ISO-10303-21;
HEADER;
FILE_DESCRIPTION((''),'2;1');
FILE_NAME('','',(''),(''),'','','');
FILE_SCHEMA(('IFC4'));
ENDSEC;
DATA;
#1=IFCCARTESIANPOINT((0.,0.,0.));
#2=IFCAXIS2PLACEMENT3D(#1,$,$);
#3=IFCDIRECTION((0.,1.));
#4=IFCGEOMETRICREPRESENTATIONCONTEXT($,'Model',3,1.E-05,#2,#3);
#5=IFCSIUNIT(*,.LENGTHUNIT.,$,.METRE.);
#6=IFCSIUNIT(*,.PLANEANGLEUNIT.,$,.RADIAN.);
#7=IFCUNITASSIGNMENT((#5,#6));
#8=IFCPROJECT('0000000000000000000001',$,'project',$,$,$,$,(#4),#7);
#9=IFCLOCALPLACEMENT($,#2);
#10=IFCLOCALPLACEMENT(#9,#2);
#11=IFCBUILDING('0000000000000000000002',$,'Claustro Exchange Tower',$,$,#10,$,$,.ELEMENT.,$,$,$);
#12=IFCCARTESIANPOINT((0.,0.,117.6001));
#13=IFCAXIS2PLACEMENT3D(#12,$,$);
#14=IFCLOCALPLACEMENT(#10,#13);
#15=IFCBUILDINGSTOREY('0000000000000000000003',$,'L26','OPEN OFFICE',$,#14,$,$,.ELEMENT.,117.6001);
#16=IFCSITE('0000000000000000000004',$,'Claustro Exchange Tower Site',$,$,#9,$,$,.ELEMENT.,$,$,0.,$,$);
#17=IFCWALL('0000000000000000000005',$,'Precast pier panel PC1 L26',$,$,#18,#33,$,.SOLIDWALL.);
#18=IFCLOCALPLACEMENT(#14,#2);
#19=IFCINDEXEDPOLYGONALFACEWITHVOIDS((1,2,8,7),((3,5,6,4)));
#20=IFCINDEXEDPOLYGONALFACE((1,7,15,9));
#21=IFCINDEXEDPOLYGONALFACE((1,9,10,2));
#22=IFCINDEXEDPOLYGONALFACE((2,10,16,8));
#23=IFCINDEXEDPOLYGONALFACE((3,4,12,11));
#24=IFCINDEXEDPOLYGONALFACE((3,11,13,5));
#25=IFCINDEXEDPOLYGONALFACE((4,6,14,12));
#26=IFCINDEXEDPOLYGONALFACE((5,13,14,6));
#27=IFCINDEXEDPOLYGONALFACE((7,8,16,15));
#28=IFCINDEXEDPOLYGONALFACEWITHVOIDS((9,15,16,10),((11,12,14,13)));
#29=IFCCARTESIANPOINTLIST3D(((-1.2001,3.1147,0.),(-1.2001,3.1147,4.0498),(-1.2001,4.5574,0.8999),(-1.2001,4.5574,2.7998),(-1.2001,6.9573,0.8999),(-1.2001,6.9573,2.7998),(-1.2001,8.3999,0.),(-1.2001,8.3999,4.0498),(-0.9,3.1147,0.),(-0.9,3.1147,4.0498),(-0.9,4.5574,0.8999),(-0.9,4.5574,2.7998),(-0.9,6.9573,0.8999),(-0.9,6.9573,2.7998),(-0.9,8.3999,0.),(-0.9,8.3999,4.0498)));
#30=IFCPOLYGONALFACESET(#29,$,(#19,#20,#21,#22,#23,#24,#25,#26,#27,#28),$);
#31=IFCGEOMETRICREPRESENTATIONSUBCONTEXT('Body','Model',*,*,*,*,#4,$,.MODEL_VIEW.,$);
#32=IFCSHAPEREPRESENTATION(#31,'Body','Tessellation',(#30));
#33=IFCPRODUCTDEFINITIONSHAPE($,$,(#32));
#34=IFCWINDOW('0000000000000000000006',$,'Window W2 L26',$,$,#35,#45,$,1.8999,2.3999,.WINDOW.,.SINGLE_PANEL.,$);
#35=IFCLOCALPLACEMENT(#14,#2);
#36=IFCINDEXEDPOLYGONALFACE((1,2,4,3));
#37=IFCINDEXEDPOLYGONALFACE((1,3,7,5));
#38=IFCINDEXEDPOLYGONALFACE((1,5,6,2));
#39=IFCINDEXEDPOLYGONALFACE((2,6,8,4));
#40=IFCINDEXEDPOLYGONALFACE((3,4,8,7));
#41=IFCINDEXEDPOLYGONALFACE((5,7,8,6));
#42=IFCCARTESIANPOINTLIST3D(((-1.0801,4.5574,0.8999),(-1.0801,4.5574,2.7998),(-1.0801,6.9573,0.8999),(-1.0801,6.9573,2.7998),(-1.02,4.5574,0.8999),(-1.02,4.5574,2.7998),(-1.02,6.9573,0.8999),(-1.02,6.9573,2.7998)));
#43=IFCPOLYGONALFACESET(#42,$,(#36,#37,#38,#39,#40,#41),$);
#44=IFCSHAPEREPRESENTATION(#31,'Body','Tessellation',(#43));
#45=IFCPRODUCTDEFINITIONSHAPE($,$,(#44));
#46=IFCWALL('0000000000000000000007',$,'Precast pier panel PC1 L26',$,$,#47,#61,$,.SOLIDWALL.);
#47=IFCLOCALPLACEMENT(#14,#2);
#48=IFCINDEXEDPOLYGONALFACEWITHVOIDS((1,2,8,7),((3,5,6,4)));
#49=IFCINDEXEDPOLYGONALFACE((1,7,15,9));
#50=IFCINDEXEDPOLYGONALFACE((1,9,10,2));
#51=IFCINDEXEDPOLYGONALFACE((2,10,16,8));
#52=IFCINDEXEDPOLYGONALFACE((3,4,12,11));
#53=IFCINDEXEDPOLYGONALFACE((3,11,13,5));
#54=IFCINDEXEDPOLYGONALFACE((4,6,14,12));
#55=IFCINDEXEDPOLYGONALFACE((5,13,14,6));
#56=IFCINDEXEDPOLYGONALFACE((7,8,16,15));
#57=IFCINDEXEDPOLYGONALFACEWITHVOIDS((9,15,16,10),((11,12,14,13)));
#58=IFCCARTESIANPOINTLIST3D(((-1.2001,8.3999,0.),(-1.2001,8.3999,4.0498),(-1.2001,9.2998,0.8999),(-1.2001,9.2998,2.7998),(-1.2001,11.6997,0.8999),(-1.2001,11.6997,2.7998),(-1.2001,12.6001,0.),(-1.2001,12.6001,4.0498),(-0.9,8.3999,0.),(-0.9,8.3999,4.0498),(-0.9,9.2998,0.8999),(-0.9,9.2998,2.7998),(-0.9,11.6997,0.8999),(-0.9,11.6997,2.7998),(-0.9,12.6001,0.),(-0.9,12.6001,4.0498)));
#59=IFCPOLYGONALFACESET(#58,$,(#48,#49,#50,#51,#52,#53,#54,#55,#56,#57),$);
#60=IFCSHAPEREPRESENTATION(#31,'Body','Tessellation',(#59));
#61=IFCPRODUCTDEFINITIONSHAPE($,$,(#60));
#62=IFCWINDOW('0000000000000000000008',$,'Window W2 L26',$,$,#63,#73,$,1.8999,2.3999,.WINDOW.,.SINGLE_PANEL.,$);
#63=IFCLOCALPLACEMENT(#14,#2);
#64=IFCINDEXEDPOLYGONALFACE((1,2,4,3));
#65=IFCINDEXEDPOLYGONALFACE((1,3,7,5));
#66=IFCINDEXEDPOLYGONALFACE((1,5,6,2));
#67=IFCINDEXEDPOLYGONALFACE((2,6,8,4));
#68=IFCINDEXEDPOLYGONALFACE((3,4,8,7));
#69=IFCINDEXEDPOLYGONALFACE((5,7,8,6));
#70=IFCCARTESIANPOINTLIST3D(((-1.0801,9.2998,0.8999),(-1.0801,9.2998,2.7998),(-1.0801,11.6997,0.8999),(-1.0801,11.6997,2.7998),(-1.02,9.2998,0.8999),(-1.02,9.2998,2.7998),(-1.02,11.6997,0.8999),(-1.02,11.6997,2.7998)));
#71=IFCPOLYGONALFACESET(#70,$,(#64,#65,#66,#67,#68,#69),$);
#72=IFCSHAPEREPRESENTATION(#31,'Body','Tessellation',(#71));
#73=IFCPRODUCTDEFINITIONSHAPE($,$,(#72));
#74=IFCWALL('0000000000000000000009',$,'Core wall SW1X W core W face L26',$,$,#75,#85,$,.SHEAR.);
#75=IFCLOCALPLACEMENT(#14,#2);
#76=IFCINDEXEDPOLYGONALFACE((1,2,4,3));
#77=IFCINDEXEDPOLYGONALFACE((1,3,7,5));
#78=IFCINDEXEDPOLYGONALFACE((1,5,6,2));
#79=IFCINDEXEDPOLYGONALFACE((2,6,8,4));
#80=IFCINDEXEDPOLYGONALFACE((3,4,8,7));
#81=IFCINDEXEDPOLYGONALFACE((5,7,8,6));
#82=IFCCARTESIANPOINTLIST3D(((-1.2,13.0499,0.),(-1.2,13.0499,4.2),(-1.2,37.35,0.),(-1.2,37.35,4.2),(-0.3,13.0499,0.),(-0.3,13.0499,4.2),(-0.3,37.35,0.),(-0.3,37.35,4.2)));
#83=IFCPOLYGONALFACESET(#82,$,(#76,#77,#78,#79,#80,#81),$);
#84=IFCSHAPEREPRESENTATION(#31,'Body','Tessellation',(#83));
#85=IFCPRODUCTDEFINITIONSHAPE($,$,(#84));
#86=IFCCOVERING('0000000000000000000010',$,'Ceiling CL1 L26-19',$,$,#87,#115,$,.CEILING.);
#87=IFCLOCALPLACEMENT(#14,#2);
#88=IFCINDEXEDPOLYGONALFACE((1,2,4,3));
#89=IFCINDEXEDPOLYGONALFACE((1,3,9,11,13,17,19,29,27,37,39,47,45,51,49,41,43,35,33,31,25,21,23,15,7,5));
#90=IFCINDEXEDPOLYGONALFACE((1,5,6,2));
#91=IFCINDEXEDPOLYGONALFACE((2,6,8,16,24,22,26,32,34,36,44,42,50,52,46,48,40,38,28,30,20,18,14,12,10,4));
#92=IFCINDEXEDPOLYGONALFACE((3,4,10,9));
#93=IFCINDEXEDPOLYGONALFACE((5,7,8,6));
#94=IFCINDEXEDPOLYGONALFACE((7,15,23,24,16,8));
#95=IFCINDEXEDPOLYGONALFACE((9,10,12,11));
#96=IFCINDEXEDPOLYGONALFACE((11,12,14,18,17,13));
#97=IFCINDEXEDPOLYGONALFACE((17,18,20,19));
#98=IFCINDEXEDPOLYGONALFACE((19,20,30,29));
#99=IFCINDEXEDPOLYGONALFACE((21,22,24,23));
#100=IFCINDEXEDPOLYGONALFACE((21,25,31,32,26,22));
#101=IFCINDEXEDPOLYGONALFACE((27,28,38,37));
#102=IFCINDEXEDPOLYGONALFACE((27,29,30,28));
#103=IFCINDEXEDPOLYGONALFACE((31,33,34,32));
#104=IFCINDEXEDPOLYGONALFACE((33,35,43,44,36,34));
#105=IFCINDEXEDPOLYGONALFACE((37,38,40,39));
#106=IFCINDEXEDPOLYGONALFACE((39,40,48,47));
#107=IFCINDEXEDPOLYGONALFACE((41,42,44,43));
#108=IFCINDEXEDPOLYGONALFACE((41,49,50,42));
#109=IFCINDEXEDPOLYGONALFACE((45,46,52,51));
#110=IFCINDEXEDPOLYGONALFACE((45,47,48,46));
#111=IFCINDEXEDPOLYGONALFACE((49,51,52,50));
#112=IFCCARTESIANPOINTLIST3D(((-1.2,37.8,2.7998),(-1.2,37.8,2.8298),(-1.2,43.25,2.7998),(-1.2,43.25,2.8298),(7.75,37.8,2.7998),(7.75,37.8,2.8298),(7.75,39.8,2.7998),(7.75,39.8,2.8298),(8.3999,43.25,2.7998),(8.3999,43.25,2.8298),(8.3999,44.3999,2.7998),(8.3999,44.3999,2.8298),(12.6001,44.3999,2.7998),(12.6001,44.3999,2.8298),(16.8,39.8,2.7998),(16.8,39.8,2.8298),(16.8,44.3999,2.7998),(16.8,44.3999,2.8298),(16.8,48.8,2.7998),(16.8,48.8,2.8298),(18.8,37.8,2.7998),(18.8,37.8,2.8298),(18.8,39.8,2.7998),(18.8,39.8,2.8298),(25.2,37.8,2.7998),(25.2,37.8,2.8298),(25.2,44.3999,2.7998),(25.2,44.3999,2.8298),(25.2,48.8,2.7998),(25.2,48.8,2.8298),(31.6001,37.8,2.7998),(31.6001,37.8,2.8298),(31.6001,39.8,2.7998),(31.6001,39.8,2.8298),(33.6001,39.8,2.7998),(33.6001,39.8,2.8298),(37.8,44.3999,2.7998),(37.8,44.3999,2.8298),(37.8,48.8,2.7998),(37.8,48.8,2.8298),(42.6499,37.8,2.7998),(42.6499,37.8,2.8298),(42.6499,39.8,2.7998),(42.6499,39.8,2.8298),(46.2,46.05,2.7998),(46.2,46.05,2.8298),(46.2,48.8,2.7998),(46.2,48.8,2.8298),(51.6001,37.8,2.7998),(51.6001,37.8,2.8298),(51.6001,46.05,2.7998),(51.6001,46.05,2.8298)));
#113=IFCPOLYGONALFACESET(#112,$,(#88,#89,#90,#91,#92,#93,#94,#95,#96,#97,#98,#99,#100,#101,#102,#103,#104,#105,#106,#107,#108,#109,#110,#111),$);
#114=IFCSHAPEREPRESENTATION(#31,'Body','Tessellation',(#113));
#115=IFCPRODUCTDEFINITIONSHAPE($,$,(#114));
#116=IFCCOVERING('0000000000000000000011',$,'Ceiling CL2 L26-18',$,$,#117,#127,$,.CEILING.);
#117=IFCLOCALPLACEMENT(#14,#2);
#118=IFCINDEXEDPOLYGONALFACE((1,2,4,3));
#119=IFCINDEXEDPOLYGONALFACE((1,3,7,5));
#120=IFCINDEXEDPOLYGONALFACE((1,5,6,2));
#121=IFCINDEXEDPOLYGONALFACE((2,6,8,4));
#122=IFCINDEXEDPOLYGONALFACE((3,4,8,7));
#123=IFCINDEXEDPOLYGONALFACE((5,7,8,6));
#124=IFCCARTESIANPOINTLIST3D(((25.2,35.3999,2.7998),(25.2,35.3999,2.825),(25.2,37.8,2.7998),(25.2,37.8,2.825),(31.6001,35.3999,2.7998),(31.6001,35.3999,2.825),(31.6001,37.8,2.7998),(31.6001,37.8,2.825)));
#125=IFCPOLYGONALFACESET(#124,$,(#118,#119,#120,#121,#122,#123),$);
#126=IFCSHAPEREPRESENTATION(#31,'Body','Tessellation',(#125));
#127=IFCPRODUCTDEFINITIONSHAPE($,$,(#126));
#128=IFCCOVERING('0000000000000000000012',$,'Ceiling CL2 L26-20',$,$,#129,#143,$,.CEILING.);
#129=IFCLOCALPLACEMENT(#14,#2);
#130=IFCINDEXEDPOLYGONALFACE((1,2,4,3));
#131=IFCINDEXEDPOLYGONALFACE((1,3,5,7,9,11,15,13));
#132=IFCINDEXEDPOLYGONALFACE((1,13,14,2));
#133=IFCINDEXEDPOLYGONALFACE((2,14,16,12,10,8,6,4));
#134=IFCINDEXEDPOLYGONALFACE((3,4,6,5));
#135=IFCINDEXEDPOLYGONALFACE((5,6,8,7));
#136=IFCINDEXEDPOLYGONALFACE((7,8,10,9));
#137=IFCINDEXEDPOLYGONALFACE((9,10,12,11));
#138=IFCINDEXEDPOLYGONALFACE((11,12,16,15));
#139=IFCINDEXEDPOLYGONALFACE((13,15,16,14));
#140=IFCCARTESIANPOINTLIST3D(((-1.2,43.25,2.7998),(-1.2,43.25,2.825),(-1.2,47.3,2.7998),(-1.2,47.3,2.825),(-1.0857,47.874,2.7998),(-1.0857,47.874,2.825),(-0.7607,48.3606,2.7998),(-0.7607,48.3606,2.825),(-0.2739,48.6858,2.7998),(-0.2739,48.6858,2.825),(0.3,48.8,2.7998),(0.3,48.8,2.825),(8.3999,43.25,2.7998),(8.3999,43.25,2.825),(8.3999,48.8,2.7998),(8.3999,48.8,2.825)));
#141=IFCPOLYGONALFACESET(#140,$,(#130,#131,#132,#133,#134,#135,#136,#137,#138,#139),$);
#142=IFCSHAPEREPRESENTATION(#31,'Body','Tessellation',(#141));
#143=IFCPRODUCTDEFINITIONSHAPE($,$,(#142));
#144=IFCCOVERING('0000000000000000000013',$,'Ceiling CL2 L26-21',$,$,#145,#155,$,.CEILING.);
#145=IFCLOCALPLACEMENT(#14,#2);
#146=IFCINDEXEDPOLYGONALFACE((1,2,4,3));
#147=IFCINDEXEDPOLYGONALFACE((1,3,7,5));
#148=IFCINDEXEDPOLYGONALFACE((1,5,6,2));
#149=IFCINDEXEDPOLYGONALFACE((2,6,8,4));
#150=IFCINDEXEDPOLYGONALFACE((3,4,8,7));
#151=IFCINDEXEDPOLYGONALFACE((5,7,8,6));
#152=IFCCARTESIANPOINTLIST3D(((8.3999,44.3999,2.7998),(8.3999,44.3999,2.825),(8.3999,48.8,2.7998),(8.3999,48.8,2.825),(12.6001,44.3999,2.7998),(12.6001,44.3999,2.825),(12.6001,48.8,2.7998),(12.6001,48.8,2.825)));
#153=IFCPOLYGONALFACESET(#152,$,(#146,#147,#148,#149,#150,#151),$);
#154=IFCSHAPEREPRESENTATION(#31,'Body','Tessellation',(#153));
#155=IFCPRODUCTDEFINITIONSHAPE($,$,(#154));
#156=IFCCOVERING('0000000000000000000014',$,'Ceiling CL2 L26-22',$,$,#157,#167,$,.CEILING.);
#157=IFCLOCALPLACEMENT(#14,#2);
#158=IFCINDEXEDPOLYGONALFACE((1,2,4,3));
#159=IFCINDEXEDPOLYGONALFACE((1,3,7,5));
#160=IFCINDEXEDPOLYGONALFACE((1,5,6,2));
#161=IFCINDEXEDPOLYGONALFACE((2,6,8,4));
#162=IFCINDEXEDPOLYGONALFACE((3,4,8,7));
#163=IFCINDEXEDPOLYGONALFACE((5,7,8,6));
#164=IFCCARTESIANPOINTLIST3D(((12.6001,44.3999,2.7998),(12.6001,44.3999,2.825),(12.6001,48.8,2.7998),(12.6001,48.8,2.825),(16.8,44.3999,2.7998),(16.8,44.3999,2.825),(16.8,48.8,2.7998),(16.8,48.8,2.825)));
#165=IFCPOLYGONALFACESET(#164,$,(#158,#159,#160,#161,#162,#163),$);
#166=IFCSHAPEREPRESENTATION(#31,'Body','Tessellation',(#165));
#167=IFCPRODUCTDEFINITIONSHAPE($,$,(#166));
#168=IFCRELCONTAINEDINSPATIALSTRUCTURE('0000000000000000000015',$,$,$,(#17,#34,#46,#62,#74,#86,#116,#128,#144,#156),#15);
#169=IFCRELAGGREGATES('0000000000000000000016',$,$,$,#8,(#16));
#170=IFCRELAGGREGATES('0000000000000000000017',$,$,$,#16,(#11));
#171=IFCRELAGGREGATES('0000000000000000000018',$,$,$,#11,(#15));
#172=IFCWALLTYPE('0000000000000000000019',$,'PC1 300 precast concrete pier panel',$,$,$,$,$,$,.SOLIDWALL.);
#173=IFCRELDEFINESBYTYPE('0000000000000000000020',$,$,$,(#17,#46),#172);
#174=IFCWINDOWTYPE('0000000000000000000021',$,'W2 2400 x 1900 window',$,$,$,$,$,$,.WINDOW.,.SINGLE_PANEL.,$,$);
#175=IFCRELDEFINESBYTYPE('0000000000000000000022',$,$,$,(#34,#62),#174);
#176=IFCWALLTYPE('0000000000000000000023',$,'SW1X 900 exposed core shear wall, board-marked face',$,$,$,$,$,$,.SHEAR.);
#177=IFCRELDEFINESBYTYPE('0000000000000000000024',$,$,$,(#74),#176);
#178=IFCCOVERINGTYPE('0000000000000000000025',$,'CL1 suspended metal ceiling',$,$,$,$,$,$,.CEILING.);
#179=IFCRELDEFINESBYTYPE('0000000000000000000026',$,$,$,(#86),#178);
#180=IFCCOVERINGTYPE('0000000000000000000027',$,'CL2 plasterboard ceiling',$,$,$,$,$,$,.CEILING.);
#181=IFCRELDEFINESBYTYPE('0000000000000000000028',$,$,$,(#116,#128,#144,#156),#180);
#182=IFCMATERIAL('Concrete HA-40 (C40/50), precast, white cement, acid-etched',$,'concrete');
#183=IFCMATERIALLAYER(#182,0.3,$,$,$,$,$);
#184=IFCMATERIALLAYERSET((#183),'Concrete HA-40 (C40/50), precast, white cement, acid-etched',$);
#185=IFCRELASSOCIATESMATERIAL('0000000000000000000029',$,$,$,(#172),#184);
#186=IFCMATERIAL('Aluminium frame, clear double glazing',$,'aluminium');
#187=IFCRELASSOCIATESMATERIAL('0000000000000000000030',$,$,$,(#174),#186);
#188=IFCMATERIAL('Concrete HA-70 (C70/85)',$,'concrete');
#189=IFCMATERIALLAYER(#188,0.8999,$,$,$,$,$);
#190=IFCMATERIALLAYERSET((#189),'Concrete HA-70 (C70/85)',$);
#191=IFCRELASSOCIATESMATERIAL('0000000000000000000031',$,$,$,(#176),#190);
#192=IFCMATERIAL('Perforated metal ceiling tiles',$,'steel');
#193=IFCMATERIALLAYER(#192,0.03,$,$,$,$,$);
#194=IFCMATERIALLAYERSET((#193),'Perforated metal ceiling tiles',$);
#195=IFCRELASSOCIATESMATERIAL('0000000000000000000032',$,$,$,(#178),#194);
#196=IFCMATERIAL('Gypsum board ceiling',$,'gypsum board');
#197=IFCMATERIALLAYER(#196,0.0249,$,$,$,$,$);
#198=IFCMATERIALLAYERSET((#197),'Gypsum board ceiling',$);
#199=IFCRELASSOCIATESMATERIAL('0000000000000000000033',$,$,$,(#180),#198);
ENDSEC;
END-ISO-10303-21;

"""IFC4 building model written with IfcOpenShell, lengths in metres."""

from ifc_helpers import new_model, si_unit, direction, frame, frame_2d, origin, place, context, subcontext, project, spatial, polyline, rectangle, outline, extrude, material, layer, layer_set, type_object, element, fill, save


model = new_model("IFC4")

# Units and contexts
model_context = context("Model", 3, precision=1e-05, world=origin(), true_north=direction((0.0, 1.0)))
body_context = subcontext(model_context, "Body", "Model", "MODEL_VIEW")
ifc_project = project(units=[si_unit("LENGTHUNIT", "METRE"), si_unit("PLANEANGLEUNIT", "RADIAN")], contexts=[model_context])

# Site, building, storey
site_placement = place(None, origin())
site = spatial("IfcSite", under=ifc_project, at=site_placement, Name="Claustro Exchange Tower Site", CompositionType="ELEMENT", RefElevation=0.0)
building_placement = place(site_placement, origin())
building = spatial("IfcBuilding", under=site, at=building_placement, Name="Claustro Exchange Tower", CompositionType="ELEMENT")
storey_placement = place(building_placement, frame((0.0, 0.0, 117.6001)))
storey = spatial("IfcBuildingStorey", under=building, at=storey_placement, Name="L26", Description="OPEN OFFICE", CompositionType="ELEMENT", Elevation=117.6001)

# Shared definitions
ifc_material_1 = material(Name="Concrete HA-40 (C40/50), precast, white cement, acid-etched", Category="concrete")
ifc_layer_1 = layer(ifc_material_1, 0.3)
ifc_layer_set_1 = layer_set([ifc_layer_1], Name="Concrete HA-40 (C40/50), precast, white cement, acid-etched")
wall_type_1 = type_object("IfcWallType", Name="PC1 300 precast concrete pier panel", PredefinedType="SOLIDWALL", material=ifc_layer_set_1)

# Walls, openings, windows
wall_1_placement = place(storey_placement, frame((-1.05, 3.1147, 0.0), z_axis=(0.0, 0.0, 1.0), x_axis=(0.0, 1.0, 0.0)))
wall_1 = element("IfcWall", 1, at=wall_1_placement, inside=storey, type_object=wall_type_1, Name="Precast pier panel PC1 L26", PredefinedType="SOLIDWALL", context=body_context, shape_type="SweptSolid", body=[
    extrude(rectangle(XDim=5.2852, YDim=0.3, at=frame_2d((2.6426, 0.0))), origin(), (0.0, 0.0, 1.0), 4.0498),
])
opening_1_placement = place(wall_1_placement, frame((1.4426, 0.0, 0.8999)))
opening_1 = element("IfcOpeningElement", 2, at=opening_1_placement, cuts=wall_1, PredefinedType="OPENING", context=body_context, shape_type="SweptSolid", body=[
    extrude(rectangle(XDim=2.3999, YDim=1.8999, at=frame_2d((1.2, 0.95))), frame((0.0, 0.1599, 0.0), z_axis=(0.0, -1.0, 0.0), x_axis=(1.0, 0.0, 0.0)), (0.0, 0.0, 1.0), 0.3201),
])
ifc_material_2 = material(Name="Aluminium frame, clear double glazing", Category="aluminium")
window_type = type_object("IfcWindowType", Name="W2 2400 x 1900 window", PartitioningType="SINGLE_PANEL", PredefinedType="WINDOW", material=ifc_material_2)
window_1_placement = place(opening_1_placement, origin())
window_1 = element("IfcWindow", 3, at=window_1_placement, inside=storey, type_object=window_type, Name="Window W2 L26", OverallHeight=1.8999, OverallWidth=2.3999, PartitioningType="SINGLE_PANEL", PredefinedType="WINDOW", context=body_context, shape_type="SweptSolid", body=[
    extrude(rectangle(XDim=2.3999, YDim=1.8999, at=frame_2d((1.2, 0.95))), frame((0.0, 0.03, 0.0), z_axis=(0.0, -1.0, 0.0), x_axis=(1.0, 0.0, 0.0)), (0.0, 0.0, 1.0), 0.0601),
])
fill(opening_1, window_1)
wall_2_placement = place(storey_placement, frame((-1.05, 8.3999, 0.0), z_axis=(0.0, 0.0, 1.0), x_axis=(0.0, 1.0, 0.0)))
wall_2 = element("IfcWall", 4, at=wall_2_placement, inside=storey, type_object=wall_type_1, Name="Precast pier panel PC1 L26", PredefinedType="SOLIDWALL", context=body_context, shape_type="SweptSolid", body=[
    extrude(rectangle(XDim=4.2002, YDim=0.3, at=frame_2d((2.1001, 0.0))), origin(), (0.0, 0.0, 1.0), 4.0498),
])
opening_2_placement = place(wall_2_placement, frame((0.8999, 0.0, 0.8999)))
opening_2 = element("IfcOpeningElement", 5, at=opening_2_placement, cuts=wall_2, PredefinedType="OPENING", context=body_context, shape_type="SweptSolid", body=[
    extrude(rectangle(XDim=2.3999, YDim=1.8999, at=frame_2d((1.2, 0.95))), frame((0.0, 0.1599, 0.0), z_axis=(0.0, -1.0, 0.0), x_axis=(1.0, 0.0, 0.0)), (0.0, 0.0, 1.0), 0.3201),
])
window_2_placement = place(opening_2_placement, origin())
window_2 = element("IfcWindow", 6, at=window_2_placement, inside=storey, type_object=window_type, Name="Window W2 L26", OverallHeight=1.8999, OverallWidth=2.3999, PartitioningType="SINGLE_PANEL", PredefinedType="WINDOW", context=body_context, shape_type="SweptSolid", body=[
    extrude(rectangle(XDim=2.3999, YDim=1.8999, at=frame_2d((1.2, 0.95))), frame((0.0, 0.03, 0.0), z_axis=(0.0, -1.0, 0.0), x_axis=(1.0, 0.0, 0.0)), (0.0, 0.0, 1.0), 0.0601),
])
fill(opening_2, window_2)

# Wall
ifc_material_3 = material(Name="Concrete HA-70 (C70/85)", Category="concrete")
ifc_layer_2 = layer(ifc_material_3, 0.8999)
ifc_layer_set_2 = layer_set([ifc_layer_2], Name="Concrete HA-70 (C70/85)")
wall_type_2 = type_object("IfcWallType", Name="SW1X 900 exposed core shear wall, board-marked face", PredefinedType="SHEAR", material=ifc_layer_set_2)
wall_3_placement = place(storey_placement, frame((-0.75, 13.05, 0.0), z_axis=(0.0, 0.0, 1.0), x_axis=(0.0, 1.0, 0.0)))
element("IfcWall", 7, at=wall_3_placement, inside=storey, type_object=wall_type_2, Name="Core wall SW1X W core W face L26", PredefinedType="SHEAR", context=body_context, shape_type="SweptSolid", body=[
    extrude(rectangle(XDim=24.3, YDim=0.8999, at=frame_2d((12.1499, 0.0))), origin(), (0.0, 0.0, 1.0), 4.2),
])

# Coverings
ifc_material_4 = material(Name="Perforated metal ceiling tiles", Category="steel")
ifc_layer_3 = layer(ifc_material_4, 0.03)
ifc_layer_set_3 = layer_set([ifc_layer_3], Name="Perforated metal ceiling tiles")
covering_type_1 = type_object("IfcCoveringType", Name="CL1 suspended metal ceiling", PredefinedType="CEILING", material=ifc_layer_set_3)
covering_1_placement = place(storey_placement, frame((0.0, 0.0, 2.7998)))
element("IfcCovering", 8, at=covering_1_placement, inside=storey, type_object=covering_type_1, Name="Ceiling CL1 L26-19", PredefinedType="CEILING", context=body_context, shape_type="SweptSolid", body=[
    extrude(outline(polyline([(-1.2, 43.25), (-1.2, 37.8), (7.75, 37.8), (7.75, 39.8), (16.8, 39.8), (18.8, 39.8), (18.8, 37.8), (25.2, 37.8), (31.6001, 37.8), (31.6001, 39.8), (33.6001, 39.8), (42.6499, 39.8), (42.6499, 37.8), (51.6001, 37.8), (51.6001, 46.05), (46.2, 46.05), (46.2, 48.8), (37.8, 48.8), (37.8, 44.3999), (25.2, 44.3999), (25.2, 48.8), (16.8, 48.8), (16.8, 44.3999), (12.6001, 44.3999), (8.3999, 44.3999), (8.3999, 43.25), (-1.2, 43.25)])), origin(), (0.0, 0.0, 1.0), 0.03),
])
ifc_material_5 = material(Name="Gypsum board ceiling", Category="gypsum board")
ifc_layer_4 = layer(ifc_material_5, 0.0249)
ifc_layer_set_4 = layer_set([ifc_layer_4], Name="Gypsum board ceiling")
covering_type_2 = type_object("IfcCoveringType", Name="CL2 plasterboard ceiling", PredefinedType="CEILING", material=ifc_layer_set_4)
covering_2_placement = place(storey_placement, frame((0.0, 0.0, 2.7998)))
element("IfcCovering", 9, at=covering_2_placement, inside=storey, type_object=covering_type_2, Name="Ceiling CL2 L26-18", PredefinedType="CEILING", context=body_context, shape_type="SweptSolid", body=[
    extrude(outline(polyline([(25.2, 35.3999), (31.6001, 35.3999), (31.6001, 37.8), (25.2, 37.8), (25.2, 35.3999)])), origin(), (0.0, 0.0, 1.0), 0.0251),
])
covering_3_placement = place(storey_placement, frame((0.0, 0.0, 2.7998)))
element("IfcCovering", 10, at=covering_3_placement, inside=storey, type_object=covering_type_2, Name="Ceiling CL2 L26-20", PredefinedType="CEILING", context=body_context, shape_type="SweptSolid", body=[
    extrude(outline(polyline([(-1.2, 47.3), (-1.2, 43.25), (8.3999, 43.25), (8.3999, 48.8), (0.3, 48.8), (-0.2739, 48.6858), (-0.7607, 48.3606), (-1.0857, 47.874), (-1.2, 47.3)])), origin(), (0.0, 0.0, 1.0), 0.0251),
])
covering_4_placement = place(storey_placement, frame((0.0, 0.0, 2.7998)))
element("IfcCovering", 11, at=covering_4_placement, inside=storey, type_object=covering_type_2, Name="Ceiling CL2 L26-21", PredefinedType="CEILING", context=body_context, shape_type="SweptSolid", body=[
    extrude(outline(polyline([(12.6001, 48.8), (8.3999, 48.8), (8.3999, 44.3999), (12.6001, 44.3999), (12.6001, 48.8)])), origin(), (0.0, 0.0, 1.0), 0.0251),
])
covering_5_placement = place(storey_placement, frame((0.0, 0.0, 2.7998)))
element("IfcCovering", 12, at=covering_5_placement, inside=storey, type_object=covering_type_2, Name="Ceiling CL2 L26-22", PredefinedType="CEILING", context=body_context, shape_type="SweptSolid", body=[
    extrude(outline(polyline([(16.8, 48.8), (12.6001, 48.8), (12.6001, 44.3999), (16.8, 44.3999), (16.8, 48.8)])), origin(), (0.0, 0.0, 1.0), 0.0251),
])

save(model, "model.ifc")
